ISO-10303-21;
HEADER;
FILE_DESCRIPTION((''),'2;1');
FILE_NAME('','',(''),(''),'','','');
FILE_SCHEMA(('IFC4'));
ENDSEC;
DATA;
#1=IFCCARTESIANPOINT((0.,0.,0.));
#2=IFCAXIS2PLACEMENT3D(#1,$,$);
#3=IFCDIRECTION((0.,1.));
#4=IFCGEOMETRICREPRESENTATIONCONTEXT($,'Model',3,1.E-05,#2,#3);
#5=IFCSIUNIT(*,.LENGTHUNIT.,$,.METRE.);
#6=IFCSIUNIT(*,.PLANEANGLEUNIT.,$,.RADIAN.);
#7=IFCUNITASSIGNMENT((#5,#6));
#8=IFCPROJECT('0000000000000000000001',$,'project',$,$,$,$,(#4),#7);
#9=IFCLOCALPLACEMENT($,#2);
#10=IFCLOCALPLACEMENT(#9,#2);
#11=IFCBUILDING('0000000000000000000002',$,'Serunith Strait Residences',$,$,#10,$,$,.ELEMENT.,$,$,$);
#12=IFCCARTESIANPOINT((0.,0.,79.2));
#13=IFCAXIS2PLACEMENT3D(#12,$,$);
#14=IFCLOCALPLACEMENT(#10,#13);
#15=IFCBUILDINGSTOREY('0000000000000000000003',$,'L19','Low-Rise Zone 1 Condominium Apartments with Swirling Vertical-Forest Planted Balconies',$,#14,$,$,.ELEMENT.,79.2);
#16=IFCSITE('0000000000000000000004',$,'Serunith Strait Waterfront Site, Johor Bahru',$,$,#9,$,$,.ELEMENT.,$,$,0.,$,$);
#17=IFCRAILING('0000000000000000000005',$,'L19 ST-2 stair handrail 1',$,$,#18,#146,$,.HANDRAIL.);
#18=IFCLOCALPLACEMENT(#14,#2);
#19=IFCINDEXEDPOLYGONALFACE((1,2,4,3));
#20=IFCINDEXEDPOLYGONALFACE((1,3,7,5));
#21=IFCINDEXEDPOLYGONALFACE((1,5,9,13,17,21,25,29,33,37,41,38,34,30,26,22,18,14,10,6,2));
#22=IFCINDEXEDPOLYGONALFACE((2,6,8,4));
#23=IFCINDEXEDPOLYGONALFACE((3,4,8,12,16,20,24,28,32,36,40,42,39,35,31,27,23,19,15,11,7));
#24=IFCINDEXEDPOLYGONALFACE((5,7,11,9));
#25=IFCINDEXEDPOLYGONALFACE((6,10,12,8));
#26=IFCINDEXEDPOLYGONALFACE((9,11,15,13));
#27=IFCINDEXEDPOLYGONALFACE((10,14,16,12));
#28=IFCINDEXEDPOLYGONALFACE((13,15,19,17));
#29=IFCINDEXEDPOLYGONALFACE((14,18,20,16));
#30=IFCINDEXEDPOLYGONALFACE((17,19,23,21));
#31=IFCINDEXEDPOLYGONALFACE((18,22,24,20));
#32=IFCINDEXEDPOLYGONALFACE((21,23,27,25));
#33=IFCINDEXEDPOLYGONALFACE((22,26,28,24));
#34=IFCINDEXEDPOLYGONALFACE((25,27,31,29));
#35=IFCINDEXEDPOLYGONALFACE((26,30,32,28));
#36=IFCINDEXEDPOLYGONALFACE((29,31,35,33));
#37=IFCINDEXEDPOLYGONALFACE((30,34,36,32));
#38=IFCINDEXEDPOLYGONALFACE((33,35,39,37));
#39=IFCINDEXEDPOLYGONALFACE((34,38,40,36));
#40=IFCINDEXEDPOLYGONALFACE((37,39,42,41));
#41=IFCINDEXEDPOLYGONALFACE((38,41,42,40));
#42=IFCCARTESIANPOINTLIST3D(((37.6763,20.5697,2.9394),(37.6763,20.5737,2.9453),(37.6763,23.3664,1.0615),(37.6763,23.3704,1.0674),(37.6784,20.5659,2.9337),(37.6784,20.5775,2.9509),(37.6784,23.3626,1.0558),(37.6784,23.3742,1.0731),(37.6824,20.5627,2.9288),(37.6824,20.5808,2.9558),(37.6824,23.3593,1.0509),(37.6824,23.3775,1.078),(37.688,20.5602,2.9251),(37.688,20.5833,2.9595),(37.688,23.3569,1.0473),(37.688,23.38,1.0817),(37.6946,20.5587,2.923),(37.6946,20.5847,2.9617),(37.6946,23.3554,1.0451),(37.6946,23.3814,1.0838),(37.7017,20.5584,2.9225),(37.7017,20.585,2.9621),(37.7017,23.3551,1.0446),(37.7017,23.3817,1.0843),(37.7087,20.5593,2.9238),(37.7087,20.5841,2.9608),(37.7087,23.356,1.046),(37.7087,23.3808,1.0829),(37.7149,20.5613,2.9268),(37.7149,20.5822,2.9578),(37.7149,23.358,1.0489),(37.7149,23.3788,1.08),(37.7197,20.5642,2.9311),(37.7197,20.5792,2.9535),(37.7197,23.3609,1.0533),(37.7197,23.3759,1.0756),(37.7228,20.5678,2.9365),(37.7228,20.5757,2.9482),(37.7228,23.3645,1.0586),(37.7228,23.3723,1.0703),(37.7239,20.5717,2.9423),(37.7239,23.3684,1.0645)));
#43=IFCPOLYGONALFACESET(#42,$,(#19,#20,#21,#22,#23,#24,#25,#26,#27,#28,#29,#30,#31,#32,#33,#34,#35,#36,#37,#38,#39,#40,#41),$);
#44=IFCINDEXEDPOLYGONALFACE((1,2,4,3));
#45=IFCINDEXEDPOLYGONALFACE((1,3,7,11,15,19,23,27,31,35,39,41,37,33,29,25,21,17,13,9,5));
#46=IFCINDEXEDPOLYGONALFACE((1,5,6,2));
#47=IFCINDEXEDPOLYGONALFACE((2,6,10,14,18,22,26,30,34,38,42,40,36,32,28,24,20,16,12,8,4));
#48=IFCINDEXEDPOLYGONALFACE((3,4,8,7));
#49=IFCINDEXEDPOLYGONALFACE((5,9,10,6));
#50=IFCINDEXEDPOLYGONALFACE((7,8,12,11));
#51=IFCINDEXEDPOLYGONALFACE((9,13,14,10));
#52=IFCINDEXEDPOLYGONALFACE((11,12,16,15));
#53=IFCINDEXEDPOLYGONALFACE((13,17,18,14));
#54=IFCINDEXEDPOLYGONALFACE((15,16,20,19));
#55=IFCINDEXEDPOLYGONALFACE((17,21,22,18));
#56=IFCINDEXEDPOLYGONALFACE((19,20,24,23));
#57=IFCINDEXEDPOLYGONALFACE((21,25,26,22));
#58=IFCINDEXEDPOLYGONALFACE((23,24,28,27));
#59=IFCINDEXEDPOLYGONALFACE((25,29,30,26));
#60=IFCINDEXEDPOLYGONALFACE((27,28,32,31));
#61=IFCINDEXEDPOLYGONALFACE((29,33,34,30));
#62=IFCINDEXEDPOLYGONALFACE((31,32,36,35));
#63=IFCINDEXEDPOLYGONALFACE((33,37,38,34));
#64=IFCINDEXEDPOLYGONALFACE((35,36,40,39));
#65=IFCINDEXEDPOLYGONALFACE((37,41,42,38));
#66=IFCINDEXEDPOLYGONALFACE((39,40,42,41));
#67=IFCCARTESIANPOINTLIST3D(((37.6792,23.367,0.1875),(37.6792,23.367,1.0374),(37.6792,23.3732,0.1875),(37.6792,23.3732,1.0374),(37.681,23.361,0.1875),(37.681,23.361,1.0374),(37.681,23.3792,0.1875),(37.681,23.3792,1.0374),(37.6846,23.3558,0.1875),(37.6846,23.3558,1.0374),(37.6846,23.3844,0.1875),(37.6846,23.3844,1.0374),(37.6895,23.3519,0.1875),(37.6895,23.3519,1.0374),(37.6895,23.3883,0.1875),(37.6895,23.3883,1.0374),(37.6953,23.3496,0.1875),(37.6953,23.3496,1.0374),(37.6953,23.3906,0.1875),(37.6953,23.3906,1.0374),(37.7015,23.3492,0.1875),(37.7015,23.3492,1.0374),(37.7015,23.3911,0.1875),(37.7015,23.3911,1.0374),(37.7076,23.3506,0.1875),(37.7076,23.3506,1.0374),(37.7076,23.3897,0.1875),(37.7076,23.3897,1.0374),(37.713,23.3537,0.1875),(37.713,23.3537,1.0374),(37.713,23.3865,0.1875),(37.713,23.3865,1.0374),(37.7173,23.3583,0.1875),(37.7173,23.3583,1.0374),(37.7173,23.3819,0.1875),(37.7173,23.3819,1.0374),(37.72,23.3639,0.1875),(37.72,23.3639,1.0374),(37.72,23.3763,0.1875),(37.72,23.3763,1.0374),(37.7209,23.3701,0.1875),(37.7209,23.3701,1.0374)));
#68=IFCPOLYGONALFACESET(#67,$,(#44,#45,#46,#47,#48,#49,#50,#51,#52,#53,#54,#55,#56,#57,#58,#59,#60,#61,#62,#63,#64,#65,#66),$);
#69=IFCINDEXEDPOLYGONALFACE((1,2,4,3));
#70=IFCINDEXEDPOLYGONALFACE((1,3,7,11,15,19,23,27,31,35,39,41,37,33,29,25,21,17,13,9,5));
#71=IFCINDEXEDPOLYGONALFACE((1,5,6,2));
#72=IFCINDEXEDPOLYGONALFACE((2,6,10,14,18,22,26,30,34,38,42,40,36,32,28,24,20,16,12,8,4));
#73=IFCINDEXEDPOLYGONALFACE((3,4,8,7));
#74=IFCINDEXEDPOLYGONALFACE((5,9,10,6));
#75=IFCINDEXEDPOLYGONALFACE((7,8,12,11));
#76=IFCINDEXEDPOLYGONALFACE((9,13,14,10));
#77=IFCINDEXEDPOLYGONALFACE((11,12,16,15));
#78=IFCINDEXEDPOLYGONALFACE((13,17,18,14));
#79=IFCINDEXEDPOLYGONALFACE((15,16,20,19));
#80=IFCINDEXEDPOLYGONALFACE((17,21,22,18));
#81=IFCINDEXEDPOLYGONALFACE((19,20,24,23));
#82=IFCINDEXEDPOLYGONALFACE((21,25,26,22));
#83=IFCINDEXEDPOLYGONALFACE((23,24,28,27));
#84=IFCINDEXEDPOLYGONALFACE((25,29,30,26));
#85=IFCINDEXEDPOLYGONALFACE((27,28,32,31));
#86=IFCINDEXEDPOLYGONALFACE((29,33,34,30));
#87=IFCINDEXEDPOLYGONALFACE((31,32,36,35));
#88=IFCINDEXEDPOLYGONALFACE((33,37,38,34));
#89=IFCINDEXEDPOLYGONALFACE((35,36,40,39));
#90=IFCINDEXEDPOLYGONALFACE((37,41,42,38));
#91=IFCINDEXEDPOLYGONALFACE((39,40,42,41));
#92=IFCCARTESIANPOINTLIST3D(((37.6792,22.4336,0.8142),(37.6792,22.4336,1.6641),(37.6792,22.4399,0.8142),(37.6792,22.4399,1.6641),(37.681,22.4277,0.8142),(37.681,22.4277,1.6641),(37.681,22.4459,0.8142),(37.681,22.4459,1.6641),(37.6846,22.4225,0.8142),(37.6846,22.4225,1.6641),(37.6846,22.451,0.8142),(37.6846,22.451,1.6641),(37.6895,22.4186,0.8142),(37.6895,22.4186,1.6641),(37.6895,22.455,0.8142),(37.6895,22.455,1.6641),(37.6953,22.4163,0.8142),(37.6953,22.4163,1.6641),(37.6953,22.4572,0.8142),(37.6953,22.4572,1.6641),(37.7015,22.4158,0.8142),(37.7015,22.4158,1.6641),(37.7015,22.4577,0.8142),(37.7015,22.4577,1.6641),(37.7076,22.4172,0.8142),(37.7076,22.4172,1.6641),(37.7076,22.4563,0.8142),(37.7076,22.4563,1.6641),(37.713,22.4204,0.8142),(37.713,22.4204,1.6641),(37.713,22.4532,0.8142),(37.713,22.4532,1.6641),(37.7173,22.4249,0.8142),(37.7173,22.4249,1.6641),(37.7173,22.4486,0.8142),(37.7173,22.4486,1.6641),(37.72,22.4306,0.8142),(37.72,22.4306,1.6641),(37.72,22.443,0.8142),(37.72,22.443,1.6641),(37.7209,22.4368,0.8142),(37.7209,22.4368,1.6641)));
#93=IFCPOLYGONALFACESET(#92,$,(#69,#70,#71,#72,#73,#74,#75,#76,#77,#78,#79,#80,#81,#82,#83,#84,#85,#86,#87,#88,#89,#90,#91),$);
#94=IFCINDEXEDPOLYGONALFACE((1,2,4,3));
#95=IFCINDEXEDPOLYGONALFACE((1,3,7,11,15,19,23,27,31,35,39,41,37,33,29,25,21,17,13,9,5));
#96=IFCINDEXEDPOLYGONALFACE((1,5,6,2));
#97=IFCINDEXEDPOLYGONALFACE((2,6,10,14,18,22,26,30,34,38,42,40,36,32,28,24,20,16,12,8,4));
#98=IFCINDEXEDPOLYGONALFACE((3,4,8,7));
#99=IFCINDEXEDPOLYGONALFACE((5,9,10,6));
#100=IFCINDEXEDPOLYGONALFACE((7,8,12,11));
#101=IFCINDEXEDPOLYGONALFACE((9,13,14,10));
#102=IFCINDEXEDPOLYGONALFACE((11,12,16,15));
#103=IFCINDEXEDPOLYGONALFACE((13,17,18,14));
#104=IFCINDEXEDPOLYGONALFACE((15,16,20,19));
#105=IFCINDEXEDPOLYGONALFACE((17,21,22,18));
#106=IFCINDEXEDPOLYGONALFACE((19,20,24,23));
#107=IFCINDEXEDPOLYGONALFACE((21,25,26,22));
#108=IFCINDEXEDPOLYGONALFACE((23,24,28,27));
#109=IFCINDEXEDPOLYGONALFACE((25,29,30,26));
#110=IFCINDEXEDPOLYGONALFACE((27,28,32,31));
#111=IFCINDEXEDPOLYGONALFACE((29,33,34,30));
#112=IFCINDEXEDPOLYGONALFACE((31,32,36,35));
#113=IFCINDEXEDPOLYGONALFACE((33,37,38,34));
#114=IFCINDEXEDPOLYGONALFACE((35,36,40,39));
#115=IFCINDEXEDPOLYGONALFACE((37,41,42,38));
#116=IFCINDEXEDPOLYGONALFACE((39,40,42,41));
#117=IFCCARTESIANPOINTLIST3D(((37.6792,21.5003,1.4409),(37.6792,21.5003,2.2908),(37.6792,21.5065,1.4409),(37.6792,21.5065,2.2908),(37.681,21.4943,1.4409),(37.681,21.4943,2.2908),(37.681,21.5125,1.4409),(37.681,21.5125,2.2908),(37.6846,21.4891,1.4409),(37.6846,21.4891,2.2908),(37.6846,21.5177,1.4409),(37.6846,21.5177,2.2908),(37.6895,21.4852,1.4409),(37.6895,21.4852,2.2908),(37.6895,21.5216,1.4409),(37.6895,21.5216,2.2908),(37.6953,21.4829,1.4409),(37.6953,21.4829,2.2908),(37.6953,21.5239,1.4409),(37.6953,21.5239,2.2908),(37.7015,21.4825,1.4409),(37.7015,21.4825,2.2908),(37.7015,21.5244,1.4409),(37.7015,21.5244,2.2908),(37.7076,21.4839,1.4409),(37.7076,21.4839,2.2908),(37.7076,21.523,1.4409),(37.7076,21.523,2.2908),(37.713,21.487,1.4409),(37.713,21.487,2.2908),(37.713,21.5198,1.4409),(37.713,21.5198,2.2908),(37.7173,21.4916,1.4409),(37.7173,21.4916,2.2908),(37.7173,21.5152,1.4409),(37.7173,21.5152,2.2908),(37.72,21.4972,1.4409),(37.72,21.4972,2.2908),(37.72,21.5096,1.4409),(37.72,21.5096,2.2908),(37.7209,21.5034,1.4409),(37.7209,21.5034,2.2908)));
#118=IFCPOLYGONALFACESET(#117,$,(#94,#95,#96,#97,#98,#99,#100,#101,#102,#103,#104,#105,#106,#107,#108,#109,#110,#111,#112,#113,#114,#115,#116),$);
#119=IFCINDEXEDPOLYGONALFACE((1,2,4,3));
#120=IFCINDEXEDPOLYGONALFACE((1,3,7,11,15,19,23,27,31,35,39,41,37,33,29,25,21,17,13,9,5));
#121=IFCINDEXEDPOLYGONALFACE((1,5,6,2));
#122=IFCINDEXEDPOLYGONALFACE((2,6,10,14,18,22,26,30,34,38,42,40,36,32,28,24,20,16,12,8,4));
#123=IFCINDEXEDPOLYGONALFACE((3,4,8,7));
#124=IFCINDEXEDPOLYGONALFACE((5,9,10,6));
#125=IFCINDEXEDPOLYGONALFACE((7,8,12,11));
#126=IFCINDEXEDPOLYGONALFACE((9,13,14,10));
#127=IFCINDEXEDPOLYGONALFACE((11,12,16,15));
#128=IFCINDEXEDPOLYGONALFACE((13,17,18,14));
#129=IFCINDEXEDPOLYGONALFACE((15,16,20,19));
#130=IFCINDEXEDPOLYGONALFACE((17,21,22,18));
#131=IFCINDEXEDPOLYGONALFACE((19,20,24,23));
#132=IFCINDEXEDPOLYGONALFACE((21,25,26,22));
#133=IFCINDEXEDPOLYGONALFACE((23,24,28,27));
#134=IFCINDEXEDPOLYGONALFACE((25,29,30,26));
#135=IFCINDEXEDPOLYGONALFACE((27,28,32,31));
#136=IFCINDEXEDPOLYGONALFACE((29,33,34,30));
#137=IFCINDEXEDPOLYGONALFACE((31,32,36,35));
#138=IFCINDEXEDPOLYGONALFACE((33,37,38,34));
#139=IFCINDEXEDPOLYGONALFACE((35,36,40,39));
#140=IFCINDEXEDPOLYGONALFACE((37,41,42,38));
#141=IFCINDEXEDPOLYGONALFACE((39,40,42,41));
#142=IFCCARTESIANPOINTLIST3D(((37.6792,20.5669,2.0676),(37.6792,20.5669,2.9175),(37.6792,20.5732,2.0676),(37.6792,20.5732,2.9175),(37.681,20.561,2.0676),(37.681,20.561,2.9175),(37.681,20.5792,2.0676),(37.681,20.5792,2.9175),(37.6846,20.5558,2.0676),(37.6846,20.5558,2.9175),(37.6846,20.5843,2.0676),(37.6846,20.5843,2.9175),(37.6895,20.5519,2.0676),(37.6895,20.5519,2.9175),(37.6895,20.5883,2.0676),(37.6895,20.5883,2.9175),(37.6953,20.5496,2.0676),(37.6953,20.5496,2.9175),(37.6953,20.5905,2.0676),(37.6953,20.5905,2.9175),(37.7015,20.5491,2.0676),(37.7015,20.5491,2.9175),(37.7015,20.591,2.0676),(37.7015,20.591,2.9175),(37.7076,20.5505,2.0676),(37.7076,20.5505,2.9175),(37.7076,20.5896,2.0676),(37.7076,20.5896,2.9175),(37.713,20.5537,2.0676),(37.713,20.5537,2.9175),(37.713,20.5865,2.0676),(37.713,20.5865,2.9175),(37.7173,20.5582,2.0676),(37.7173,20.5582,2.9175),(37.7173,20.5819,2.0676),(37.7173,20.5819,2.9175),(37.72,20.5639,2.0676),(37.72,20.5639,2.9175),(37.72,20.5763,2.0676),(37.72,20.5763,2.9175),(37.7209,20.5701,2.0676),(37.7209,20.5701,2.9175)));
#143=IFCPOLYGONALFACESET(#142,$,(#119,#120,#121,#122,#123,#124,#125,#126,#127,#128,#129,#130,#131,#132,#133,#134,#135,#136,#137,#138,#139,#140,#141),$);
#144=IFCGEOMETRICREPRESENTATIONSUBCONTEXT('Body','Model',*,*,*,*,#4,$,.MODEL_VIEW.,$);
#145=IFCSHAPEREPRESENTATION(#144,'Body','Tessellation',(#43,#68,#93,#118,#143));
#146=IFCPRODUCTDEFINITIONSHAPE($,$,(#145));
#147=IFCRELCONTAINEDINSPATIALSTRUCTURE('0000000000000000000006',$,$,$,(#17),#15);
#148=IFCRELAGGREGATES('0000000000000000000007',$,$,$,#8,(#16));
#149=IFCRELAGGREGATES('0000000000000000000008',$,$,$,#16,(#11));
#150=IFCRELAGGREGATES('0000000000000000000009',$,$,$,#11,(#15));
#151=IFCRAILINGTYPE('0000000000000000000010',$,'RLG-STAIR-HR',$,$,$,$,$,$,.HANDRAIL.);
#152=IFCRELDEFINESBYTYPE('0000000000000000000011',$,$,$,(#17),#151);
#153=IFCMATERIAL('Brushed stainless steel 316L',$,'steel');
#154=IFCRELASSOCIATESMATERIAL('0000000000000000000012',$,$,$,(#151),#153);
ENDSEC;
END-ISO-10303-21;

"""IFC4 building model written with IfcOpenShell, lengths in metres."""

from ifc_helpers import new_model, si_unit, direction, frame, origin, origin_2d, place, context, subcontext, project, spatial, circle, extrude, material, type_object, element, save


model = new_model("IFC4")

# Units and contexts
model_context = context("Model", 3, precision=1e-05, world=origin(), true_north=direction((0.0, 1.0)))
body_context = subcontext(model_context, "Body", "Model", "MODEL_VIEW")
ifc_project = project(units=[si_unit("LENGTHUNIT", "METRE"), si_unit("PLANEANGLEUNIT", "RADIAN")], contexts=[model_context])

# Site, building, storey
site_placement = place(None, origin())
site = spatial("IfcSite", under=ifc_project, at=site_placement, Name="Serunith Strait Waterfront Site, Johor Bahru", CompositionType="ELEMENT", RefElevation=0.0)
building_placement = place(site_placement, origin())
building = spatial("IfcBuilding", under=site, at=building_placement, Name="Serunith Strait Residences", CompositionType="ELEMENT")
storey_placement = place(building_placement, frame((0.0, 0.0, 79.2)))
storey = spatial("IfcBuildingStorey", under=building, at=storey_placement, Name="L19", Description="Low-Rise Zone 1 Condominium Apartments with Swirling Vertical-Forest Planted Balconies", CompositionType="ELEMENT", Elevation=79.2)

# Railing
ifc_material_1 = material(Name="Brushed stainless steel 316L", Category="steel")
railing_type_1 = type_object("IfcRailingType", Name="RLG-STAIR-HR", PredefinedType="HANDRAIL", material=ifc_material_1)
railing_1_placement = place(storey_placement, frame((37.7, 23.3701, 0.1875)))
element("IfcRailing", 1, at=railing_1_placement, inside=storey, type_object=railing_type_1, Name="L19 ST-2 stair handrail 1", PredefinedType="HANDRAIL", context=body_context, shape_type="SweptSolid", body=[
    extrude(circle(Radius=0.0239, at=origin_2d()), frame((0.0, -0.0017, 0.877), z_axis=(0.0, -0.830208, 0.557453), x_axis=(1.0, 0.0, 0.0)), (0.0, 0.0, 1.0), 3.3687),
    extrude(circle(Radius=0.021, at=origin_2d()), origin(), (0.0, 0.0, 1.0), 0.8499),
    extrude(circle(Radius=0.021, at=origin_2d()), frame((0.0, -0.9333, 0.6267)), (0.0, 0.0, 1.0), 0.8499),
    extrude(circle(Radius=0.021, at=origin_2d()), frame((0.0, -1.8667, 1.2534)), (0.0, 0.0, 1.0), 0.8499),
    extrude(circle(Radius=0.021, at=origin_2d()), frame((0.0, -2.8, 1.8801)), (0.0, 0.0, 1.0), 0.8499),
])

save(model, "model.ifc")
